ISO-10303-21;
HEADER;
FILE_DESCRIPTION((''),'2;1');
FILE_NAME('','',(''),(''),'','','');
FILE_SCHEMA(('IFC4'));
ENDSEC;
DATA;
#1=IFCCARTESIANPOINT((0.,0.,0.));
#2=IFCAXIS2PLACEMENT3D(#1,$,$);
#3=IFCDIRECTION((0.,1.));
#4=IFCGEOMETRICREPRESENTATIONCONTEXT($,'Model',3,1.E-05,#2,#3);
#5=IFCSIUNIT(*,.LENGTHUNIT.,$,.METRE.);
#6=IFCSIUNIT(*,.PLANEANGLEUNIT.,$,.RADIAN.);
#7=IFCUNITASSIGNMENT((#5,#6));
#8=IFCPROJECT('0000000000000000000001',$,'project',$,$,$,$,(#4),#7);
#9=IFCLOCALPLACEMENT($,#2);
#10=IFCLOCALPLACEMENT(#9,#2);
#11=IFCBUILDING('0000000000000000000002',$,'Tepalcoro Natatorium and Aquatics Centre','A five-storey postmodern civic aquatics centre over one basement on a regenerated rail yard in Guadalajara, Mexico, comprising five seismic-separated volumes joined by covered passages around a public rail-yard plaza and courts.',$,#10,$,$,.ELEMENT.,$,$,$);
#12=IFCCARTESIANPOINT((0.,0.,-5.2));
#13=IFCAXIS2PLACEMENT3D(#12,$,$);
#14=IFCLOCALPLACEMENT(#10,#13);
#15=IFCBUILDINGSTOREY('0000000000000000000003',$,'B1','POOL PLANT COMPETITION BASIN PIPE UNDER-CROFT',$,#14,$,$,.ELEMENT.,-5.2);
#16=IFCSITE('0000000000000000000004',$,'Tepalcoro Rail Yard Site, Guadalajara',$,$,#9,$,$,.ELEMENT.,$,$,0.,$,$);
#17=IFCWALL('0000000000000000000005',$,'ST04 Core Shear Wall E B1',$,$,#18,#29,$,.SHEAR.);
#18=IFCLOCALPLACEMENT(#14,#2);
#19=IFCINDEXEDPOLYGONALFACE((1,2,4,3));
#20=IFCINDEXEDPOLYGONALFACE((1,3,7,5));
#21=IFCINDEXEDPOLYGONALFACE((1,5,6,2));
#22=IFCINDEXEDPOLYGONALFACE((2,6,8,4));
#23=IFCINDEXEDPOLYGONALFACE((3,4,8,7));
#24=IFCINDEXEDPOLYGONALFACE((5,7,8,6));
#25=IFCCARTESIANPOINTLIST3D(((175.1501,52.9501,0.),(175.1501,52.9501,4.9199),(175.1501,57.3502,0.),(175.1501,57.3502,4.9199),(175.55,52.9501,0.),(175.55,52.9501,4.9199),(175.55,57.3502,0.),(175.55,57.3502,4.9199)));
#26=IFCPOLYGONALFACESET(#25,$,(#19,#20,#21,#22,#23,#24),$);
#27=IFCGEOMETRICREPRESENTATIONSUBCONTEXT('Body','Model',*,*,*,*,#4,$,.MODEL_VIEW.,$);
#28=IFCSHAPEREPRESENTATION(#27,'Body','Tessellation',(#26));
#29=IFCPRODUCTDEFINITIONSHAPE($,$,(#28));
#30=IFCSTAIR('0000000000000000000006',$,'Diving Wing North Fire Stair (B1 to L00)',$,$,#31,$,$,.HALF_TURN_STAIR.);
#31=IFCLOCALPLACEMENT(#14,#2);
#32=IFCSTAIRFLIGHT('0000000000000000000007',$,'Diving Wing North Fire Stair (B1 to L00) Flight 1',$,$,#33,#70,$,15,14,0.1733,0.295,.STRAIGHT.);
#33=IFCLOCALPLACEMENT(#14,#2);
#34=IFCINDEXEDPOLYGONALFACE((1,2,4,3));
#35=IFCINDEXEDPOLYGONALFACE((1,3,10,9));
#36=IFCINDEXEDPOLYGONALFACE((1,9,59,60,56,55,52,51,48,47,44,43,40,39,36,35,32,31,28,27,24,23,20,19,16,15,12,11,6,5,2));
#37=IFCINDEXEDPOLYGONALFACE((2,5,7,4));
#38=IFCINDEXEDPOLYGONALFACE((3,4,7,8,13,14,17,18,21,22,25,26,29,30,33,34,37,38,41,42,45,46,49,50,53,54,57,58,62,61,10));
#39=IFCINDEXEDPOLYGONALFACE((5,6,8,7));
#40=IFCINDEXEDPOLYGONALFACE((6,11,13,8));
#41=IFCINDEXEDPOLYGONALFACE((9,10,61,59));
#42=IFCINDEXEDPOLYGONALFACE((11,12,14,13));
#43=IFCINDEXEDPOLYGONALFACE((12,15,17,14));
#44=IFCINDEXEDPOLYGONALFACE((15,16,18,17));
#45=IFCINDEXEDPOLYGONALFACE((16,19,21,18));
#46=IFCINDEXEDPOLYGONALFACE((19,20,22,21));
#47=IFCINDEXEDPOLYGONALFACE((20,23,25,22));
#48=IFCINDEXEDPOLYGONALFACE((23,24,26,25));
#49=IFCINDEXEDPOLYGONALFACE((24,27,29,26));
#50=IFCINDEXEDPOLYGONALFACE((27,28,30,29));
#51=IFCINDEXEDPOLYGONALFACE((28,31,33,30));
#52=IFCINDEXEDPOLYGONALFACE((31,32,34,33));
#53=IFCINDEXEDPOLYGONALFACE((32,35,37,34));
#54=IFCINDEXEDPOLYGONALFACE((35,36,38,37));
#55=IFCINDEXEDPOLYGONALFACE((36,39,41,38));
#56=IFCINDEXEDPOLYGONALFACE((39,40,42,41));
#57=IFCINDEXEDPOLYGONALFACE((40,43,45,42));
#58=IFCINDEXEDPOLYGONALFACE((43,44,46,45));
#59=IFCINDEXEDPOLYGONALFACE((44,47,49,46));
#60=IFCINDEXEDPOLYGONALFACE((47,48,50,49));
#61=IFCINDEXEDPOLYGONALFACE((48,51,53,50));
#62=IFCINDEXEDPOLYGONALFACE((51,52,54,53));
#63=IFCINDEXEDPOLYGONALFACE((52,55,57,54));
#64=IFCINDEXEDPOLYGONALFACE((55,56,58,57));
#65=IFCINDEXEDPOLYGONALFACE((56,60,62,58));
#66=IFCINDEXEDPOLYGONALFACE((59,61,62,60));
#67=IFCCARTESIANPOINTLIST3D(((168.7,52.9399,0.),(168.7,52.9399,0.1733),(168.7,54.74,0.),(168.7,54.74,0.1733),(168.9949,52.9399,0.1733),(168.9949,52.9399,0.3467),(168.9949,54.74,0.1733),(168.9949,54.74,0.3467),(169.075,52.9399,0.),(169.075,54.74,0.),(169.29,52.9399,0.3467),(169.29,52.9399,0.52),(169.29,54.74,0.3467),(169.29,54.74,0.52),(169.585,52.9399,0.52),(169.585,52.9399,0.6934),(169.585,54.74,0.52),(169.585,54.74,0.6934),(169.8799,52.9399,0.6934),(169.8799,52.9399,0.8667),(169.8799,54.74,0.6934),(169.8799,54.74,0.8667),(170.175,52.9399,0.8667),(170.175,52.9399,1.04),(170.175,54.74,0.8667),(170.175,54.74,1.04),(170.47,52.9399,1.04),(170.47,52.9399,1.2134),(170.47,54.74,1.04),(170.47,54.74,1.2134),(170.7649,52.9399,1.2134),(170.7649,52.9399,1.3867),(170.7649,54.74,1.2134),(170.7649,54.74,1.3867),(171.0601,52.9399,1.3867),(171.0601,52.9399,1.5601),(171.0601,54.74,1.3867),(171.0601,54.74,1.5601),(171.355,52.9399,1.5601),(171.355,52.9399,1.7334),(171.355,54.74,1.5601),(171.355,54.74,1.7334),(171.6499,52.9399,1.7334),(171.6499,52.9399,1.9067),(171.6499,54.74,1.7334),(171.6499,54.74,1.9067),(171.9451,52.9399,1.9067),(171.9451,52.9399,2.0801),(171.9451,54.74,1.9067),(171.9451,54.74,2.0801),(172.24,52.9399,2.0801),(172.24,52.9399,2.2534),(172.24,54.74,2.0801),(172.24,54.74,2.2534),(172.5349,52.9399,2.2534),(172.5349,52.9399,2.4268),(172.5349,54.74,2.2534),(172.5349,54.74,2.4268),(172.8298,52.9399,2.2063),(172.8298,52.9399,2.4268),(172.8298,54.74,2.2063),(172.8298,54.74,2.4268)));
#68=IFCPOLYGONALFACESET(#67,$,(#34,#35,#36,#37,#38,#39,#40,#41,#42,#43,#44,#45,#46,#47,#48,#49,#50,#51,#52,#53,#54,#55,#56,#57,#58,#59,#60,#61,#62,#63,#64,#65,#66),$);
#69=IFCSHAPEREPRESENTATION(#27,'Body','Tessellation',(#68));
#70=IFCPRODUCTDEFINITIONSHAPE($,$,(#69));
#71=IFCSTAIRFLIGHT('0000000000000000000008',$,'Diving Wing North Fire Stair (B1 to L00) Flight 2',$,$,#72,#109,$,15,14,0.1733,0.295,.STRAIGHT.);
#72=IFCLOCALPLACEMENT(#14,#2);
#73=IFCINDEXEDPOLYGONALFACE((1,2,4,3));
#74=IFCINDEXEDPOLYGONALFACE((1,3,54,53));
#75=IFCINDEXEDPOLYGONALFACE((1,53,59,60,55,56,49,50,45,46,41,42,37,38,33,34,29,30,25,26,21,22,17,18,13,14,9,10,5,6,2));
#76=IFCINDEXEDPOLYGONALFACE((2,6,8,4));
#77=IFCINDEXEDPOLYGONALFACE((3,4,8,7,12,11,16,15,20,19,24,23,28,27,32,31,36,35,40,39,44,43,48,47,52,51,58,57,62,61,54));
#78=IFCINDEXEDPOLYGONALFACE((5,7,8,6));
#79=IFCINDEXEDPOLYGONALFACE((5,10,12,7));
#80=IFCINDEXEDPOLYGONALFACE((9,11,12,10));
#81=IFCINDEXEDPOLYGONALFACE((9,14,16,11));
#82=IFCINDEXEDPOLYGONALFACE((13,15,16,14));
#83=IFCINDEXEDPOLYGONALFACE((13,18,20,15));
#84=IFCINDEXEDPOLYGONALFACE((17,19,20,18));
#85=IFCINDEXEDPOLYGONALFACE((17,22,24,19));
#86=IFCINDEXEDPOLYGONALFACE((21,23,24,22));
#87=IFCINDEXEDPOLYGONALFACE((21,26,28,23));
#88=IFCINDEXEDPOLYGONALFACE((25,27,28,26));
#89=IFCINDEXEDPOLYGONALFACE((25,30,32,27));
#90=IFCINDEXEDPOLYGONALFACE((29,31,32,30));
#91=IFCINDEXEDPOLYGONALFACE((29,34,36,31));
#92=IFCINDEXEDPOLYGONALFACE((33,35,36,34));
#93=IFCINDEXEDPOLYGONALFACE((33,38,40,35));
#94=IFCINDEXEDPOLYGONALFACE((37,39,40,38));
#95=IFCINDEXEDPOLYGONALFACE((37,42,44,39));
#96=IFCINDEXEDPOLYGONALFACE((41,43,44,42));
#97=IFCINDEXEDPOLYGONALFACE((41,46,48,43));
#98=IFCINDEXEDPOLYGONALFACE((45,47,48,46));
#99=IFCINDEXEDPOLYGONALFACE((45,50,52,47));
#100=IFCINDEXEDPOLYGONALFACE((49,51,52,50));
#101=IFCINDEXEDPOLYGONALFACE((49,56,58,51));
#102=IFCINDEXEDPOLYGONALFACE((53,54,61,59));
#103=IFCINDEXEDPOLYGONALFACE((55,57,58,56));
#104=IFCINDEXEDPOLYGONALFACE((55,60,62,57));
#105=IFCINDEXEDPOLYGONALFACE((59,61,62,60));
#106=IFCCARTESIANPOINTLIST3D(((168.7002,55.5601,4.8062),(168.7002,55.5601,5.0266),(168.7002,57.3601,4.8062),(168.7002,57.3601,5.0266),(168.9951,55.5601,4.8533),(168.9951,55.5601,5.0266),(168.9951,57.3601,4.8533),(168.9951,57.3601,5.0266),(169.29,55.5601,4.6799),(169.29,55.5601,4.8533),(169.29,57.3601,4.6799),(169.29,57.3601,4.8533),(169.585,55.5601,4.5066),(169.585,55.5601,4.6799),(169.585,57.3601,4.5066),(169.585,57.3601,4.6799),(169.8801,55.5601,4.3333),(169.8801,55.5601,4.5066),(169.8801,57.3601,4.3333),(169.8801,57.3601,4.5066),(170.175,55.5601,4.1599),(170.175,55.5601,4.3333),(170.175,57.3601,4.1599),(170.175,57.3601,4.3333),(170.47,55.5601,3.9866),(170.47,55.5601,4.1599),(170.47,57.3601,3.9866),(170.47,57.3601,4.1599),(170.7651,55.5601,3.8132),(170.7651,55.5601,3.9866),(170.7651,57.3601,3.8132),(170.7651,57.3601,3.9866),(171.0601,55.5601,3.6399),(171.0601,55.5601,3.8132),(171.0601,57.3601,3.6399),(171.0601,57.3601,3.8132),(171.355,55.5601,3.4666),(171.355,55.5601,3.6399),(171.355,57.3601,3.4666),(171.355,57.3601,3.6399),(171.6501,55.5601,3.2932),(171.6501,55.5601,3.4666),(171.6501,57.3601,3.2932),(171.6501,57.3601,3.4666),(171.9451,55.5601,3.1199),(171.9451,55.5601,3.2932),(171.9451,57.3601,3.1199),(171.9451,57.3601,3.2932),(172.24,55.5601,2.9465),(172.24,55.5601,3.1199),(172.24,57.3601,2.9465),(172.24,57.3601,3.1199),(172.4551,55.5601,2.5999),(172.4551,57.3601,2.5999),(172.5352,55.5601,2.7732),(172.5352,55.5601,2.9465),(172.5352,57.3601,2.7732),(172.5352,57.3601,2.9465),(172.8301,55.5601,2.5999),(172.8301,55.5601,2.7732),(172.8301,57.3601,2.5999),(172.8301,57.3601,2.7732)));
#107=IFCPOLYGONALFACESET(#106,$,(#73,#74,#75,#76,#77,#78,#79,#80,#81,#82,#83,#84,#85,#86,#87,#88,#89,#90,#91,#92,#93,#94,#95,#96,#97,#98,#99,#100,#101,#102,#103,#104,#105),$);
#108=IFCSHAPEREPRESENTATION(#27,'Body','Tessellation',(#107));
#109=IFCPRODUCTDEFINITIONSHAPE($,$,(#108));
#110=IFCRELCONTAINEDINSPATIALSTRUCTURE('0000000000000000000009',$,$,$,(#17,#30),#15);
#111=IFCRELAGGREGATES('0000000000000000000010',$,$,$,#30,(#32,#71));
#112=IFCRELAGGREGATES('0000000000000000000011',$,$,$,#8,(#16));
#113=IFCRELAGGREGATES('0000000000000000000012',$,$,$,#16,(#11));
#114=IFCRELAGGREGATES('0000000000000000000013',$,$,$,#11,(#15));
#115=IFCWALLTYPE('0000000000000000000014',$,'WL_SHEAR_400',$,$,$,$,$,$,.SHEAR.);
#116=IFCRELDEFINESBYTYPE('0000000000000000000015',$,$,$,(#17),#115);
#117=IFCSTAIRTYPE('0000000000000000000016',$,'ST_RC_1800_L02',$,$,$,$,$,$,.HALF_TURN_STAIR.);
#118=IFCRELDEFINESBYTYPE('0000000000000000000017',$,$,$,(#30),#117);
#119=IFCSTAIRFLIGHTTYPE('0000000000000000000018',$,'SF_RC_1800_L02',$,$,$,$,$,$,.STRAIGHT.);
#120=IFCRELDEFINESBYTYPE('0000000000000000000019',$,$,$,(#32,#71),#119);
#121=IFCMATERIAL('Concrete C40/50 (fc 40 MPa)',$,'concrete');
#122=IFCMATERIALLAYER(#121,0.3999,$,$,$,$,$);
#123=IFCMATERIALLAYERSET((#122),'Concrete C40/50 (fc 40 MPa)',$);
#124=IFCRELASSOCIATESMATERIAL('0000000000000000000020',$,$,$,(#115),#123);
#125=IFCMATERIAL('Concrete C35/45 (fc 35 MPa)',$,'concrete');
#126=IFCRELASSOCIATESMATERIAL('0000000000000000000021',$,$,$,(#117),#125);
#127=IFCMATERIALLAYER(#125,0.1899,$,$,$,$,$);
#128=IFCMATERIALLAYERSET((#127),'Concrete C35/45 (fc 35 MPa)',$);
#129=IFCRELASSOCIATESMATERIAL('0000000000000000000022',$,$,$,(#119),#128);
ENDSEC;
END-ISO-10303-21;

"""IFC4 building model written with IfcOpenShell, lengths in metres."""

from ifc_helpers import new_model, si_unit, direction, frame, frame_2d, origin, place, context, subcontext, project, spatial, polyline, rectangle, outline, extrude, material, layer, layer_set, type_object, element, aggregate, save


model = new_model("IFC4")

# Units and contexts
model_context = context("Model", 3, precision=1e-05, world=origin(), true_north=direction((0.0, 1.0)))
body_context = subcontext(model_context, "Body", "Model", "MODEL_VIEW")
ifc_project = project(units=[si_unit("LENGTHUNIT", "METRE"), si_unit("PLANEANGLEUNIT", "RADIAN")], contexts=[model_context])

# Site, building, storey
site_placement = place(None, origin())
site = spatial("IfcSite", under=ifc_project, at=site_placement, Name="Tepalcoro Rail Yard Site, Guadalajara", CompositionType="ELEMENT", RefElevation=0.0)
building_placement = place(site_placement, origin())
building = spatial("IfcBuilding", under=site, at=building_placement, Name="Tepalcoro Natatorium and Aquatics Centre", Description="A five-storey postmodern civic aquatics centre over one basement on a regenerated rail yard in Guadalajara, Mexico, comprising five seismic-separated volumes joined by covered passages around a public rail-yard plaza and courts.", CompositionType="ELEMENT")
storey_placement = place(building_placement, frame((0.0, 0.0, -5.2)))
storey = spatial("IfcBuildingStorey", under=building, at=storey_placement, Name="B1", Description="POOL PLANT COMPETITION BASIN PIPE UNDER-CROFT", CompositionType="ELEMENT", Elevation=-5.2)

# Shared definitions
ifc_material_1 = material(Name="Concrete C40/50 (fc 40 MPa)", Category="concrete")

# Shared definitions
ifc_layer_1 = layer(ifc_material_1, 0.3999)
ifc_layer_set_1 = layer_set([ifc_layer_1], Name="Concrete C40/50 (fc 40 MPa)")
wall_type = type_object("IfcWallType", Name="WL_SHEAR_400", PredefinedType="SHEAR", material=ifc_layer_set_1)

# Wall
for number, where, z_axis, x_axis, name in (
    (1, (175.3501, 52.95, 0.0), (0.0, 0.0, 1.0), (0.0, 1.0, 0.0), "ST04 Core Shear Wall E B1"),
):
    element("IfcWall", number, at=place(storey_placement, frame(where, z_axis=z_axis, x_axis=x_axis)), inside=storey, type_object=wall_type, Name=name, PredefinedType="SHEAR", context=body_context, shape_type="SweptSolid", body=[
        extrude(rectangle(XDim=4.4001, YDim=0.3999, at=frame_2d((2.2002, 0.0))), origin(), (0.0, 0.0, 1.0), 4.9199),
    ])

# Stair, stair flights
ifc_material_2 = material(Name="Concrete C35/45 (fc 35 MPa)", Category="concrete")
stair_type = type_object("IfcStairType", Name="ST_RC_1800_L02", PredefinedType="HALF_TURN_STAIR", material=ifc_material_2)
stair_placement = place(storey_placement, origin())
stair = element("IfcStair", 2, at=stair_placement, inside=storey, type_object=stair_type, Name="Diving Wing North Fire Stair (B1 to L00)", PredefinedType="HALF_TURN_STAIR")
ifc_layer_2 = layer(ifc_material_2, 0.1899)
ifc_layer_set_2 = layer_set([ifc_layer_2], Name="Concrete C35/45 (fc 35 MPa)")
stair_flight_type = type_object("IfcStairFlightType", Name="SF_RC_1800_L02", PredefinedType="STRAIGHT", material=ifc_layer_set_2)
stair_flight_1_placement = place(storey_placement, frame((168.7, 53.8401, 0.0), z_axis=(0.0, 0.0, 1.0), x_axis=(1.0, 0.0, 0.0)))
stair_flight_1 = element("IfcStairFlight", 3, at=stair_flight_1_placement, type_object=stair_flight_type, Name="Diving Wing North Fire Stair (B1 to L00) Flight 1", NumberOfRisers=15, NumberOfTreads=14, PredefinedType="STRAIGHT", RiserHeight=0.1733, TreadLength=0.295, context=body_context, shape_type="SweptSolid", body=[
    extrude(outline(polyline([(0.0, 0.0), (0.0, 0.1733), (0.2949, 0.1733), (0.2949, 0.3467), (0.5901, 0.3467), (0.5901, 0.52), (0.885, 0.52), (0.885, 0.6934), (1.1799, 0.6934), (1.1799, 0.8667), (1.4751, 0.8667), (1.4751, 1.04), (1.77, 1.04), (1.77, 1.2134), (2.0649, 1.2134), (2.0649, 1.3867), (2.3601, 1.3867), (2.3601, 1.5601), (2.655, 1.5601), (2.655, 1.7334), (2.95, 1.7334), (2.95, 1.9067), (3.2451, 1.9067), (3.2451, 2.0801), (3.54, 2.0801), (3.54, 2.2534), (3.835, 2.2534), (3.835, 2.4268), (4.1299, 2.4268), (4.1299, 2.6001), (4.1299, 2.2063), (0.375, 0.0), (0.0, 0.0)])), frame((0.0, 0.8999, 0.0), z_axis=(0.0, -1.0, 0.0), x_axis=(1.0, 0.0, 0.0)), (0.0, 0.0, 1.0), 1.8),
])
stair_flight_2_placement = place(storey_placement, frame((172.8301, 56.46, 2.5999), z_axis=(0.0, 0.0, 1.0), x_axis=(-1.0, 0.0, 0.0)))
stair_flight_2 = element("IfcStairFlight", 4, at=stair_flight_2_placement, type_object=stair_flight_type, Name="Diving Wing North Fire Stair (B1 to L00) Flight 2", NumberOfRisers=15, NumberOfTreads=14, PredefinedType="STRAIGHT", RiserHeight=0.1733, TreadLength=0.295, context=body_context, shape_type="SweptSolid", body=[
    extrude(outline(polyline([(0.0, 0.0), (0.0, 0.1733), (0.2949, 0.1733), (0.2949, 0.3467), (0.5901, 0.3467), (0.5901, 0.52), (0.885, 0.52), (0.885, 0.6934), (1.1799, 0.6934), (1.1799, 0.8667), (1.4751, 0.8667), (1.4751, 1.04), (1.77, 1.04), (1.77, 1.2134), (2.0649, 1.2134), (2.0649, 1.3867), (2.3601, 1.3867), (2.3601, 1.5601), (2.655, 1.5601), (2.655, 1.7334), (2.95, 1.7334), (2.95, 1.9067), (3.2451, 1.9067), (3.2451, 2.0801), (3.54, 2.0801), (3.54, 2.2534), (3.835, 2.2534), (3.835, 2.4268), (4.1299, 2.4268), (4.1299, 2.6001), (4.1299, 2.2063), (0.375, 0.0), (0.0, 0.0)])), frame((0.0, 0.8999, 0.0), z_axis=(0.0, -1.0, 0.0), x_axis=(1.0, 0.0, 0.0)), (0.0, 0.0, 1.0), 1.8),
])
aggregate(stair, [stair_flight_1, stair_flight_2])

save(model, "model.ifc")
